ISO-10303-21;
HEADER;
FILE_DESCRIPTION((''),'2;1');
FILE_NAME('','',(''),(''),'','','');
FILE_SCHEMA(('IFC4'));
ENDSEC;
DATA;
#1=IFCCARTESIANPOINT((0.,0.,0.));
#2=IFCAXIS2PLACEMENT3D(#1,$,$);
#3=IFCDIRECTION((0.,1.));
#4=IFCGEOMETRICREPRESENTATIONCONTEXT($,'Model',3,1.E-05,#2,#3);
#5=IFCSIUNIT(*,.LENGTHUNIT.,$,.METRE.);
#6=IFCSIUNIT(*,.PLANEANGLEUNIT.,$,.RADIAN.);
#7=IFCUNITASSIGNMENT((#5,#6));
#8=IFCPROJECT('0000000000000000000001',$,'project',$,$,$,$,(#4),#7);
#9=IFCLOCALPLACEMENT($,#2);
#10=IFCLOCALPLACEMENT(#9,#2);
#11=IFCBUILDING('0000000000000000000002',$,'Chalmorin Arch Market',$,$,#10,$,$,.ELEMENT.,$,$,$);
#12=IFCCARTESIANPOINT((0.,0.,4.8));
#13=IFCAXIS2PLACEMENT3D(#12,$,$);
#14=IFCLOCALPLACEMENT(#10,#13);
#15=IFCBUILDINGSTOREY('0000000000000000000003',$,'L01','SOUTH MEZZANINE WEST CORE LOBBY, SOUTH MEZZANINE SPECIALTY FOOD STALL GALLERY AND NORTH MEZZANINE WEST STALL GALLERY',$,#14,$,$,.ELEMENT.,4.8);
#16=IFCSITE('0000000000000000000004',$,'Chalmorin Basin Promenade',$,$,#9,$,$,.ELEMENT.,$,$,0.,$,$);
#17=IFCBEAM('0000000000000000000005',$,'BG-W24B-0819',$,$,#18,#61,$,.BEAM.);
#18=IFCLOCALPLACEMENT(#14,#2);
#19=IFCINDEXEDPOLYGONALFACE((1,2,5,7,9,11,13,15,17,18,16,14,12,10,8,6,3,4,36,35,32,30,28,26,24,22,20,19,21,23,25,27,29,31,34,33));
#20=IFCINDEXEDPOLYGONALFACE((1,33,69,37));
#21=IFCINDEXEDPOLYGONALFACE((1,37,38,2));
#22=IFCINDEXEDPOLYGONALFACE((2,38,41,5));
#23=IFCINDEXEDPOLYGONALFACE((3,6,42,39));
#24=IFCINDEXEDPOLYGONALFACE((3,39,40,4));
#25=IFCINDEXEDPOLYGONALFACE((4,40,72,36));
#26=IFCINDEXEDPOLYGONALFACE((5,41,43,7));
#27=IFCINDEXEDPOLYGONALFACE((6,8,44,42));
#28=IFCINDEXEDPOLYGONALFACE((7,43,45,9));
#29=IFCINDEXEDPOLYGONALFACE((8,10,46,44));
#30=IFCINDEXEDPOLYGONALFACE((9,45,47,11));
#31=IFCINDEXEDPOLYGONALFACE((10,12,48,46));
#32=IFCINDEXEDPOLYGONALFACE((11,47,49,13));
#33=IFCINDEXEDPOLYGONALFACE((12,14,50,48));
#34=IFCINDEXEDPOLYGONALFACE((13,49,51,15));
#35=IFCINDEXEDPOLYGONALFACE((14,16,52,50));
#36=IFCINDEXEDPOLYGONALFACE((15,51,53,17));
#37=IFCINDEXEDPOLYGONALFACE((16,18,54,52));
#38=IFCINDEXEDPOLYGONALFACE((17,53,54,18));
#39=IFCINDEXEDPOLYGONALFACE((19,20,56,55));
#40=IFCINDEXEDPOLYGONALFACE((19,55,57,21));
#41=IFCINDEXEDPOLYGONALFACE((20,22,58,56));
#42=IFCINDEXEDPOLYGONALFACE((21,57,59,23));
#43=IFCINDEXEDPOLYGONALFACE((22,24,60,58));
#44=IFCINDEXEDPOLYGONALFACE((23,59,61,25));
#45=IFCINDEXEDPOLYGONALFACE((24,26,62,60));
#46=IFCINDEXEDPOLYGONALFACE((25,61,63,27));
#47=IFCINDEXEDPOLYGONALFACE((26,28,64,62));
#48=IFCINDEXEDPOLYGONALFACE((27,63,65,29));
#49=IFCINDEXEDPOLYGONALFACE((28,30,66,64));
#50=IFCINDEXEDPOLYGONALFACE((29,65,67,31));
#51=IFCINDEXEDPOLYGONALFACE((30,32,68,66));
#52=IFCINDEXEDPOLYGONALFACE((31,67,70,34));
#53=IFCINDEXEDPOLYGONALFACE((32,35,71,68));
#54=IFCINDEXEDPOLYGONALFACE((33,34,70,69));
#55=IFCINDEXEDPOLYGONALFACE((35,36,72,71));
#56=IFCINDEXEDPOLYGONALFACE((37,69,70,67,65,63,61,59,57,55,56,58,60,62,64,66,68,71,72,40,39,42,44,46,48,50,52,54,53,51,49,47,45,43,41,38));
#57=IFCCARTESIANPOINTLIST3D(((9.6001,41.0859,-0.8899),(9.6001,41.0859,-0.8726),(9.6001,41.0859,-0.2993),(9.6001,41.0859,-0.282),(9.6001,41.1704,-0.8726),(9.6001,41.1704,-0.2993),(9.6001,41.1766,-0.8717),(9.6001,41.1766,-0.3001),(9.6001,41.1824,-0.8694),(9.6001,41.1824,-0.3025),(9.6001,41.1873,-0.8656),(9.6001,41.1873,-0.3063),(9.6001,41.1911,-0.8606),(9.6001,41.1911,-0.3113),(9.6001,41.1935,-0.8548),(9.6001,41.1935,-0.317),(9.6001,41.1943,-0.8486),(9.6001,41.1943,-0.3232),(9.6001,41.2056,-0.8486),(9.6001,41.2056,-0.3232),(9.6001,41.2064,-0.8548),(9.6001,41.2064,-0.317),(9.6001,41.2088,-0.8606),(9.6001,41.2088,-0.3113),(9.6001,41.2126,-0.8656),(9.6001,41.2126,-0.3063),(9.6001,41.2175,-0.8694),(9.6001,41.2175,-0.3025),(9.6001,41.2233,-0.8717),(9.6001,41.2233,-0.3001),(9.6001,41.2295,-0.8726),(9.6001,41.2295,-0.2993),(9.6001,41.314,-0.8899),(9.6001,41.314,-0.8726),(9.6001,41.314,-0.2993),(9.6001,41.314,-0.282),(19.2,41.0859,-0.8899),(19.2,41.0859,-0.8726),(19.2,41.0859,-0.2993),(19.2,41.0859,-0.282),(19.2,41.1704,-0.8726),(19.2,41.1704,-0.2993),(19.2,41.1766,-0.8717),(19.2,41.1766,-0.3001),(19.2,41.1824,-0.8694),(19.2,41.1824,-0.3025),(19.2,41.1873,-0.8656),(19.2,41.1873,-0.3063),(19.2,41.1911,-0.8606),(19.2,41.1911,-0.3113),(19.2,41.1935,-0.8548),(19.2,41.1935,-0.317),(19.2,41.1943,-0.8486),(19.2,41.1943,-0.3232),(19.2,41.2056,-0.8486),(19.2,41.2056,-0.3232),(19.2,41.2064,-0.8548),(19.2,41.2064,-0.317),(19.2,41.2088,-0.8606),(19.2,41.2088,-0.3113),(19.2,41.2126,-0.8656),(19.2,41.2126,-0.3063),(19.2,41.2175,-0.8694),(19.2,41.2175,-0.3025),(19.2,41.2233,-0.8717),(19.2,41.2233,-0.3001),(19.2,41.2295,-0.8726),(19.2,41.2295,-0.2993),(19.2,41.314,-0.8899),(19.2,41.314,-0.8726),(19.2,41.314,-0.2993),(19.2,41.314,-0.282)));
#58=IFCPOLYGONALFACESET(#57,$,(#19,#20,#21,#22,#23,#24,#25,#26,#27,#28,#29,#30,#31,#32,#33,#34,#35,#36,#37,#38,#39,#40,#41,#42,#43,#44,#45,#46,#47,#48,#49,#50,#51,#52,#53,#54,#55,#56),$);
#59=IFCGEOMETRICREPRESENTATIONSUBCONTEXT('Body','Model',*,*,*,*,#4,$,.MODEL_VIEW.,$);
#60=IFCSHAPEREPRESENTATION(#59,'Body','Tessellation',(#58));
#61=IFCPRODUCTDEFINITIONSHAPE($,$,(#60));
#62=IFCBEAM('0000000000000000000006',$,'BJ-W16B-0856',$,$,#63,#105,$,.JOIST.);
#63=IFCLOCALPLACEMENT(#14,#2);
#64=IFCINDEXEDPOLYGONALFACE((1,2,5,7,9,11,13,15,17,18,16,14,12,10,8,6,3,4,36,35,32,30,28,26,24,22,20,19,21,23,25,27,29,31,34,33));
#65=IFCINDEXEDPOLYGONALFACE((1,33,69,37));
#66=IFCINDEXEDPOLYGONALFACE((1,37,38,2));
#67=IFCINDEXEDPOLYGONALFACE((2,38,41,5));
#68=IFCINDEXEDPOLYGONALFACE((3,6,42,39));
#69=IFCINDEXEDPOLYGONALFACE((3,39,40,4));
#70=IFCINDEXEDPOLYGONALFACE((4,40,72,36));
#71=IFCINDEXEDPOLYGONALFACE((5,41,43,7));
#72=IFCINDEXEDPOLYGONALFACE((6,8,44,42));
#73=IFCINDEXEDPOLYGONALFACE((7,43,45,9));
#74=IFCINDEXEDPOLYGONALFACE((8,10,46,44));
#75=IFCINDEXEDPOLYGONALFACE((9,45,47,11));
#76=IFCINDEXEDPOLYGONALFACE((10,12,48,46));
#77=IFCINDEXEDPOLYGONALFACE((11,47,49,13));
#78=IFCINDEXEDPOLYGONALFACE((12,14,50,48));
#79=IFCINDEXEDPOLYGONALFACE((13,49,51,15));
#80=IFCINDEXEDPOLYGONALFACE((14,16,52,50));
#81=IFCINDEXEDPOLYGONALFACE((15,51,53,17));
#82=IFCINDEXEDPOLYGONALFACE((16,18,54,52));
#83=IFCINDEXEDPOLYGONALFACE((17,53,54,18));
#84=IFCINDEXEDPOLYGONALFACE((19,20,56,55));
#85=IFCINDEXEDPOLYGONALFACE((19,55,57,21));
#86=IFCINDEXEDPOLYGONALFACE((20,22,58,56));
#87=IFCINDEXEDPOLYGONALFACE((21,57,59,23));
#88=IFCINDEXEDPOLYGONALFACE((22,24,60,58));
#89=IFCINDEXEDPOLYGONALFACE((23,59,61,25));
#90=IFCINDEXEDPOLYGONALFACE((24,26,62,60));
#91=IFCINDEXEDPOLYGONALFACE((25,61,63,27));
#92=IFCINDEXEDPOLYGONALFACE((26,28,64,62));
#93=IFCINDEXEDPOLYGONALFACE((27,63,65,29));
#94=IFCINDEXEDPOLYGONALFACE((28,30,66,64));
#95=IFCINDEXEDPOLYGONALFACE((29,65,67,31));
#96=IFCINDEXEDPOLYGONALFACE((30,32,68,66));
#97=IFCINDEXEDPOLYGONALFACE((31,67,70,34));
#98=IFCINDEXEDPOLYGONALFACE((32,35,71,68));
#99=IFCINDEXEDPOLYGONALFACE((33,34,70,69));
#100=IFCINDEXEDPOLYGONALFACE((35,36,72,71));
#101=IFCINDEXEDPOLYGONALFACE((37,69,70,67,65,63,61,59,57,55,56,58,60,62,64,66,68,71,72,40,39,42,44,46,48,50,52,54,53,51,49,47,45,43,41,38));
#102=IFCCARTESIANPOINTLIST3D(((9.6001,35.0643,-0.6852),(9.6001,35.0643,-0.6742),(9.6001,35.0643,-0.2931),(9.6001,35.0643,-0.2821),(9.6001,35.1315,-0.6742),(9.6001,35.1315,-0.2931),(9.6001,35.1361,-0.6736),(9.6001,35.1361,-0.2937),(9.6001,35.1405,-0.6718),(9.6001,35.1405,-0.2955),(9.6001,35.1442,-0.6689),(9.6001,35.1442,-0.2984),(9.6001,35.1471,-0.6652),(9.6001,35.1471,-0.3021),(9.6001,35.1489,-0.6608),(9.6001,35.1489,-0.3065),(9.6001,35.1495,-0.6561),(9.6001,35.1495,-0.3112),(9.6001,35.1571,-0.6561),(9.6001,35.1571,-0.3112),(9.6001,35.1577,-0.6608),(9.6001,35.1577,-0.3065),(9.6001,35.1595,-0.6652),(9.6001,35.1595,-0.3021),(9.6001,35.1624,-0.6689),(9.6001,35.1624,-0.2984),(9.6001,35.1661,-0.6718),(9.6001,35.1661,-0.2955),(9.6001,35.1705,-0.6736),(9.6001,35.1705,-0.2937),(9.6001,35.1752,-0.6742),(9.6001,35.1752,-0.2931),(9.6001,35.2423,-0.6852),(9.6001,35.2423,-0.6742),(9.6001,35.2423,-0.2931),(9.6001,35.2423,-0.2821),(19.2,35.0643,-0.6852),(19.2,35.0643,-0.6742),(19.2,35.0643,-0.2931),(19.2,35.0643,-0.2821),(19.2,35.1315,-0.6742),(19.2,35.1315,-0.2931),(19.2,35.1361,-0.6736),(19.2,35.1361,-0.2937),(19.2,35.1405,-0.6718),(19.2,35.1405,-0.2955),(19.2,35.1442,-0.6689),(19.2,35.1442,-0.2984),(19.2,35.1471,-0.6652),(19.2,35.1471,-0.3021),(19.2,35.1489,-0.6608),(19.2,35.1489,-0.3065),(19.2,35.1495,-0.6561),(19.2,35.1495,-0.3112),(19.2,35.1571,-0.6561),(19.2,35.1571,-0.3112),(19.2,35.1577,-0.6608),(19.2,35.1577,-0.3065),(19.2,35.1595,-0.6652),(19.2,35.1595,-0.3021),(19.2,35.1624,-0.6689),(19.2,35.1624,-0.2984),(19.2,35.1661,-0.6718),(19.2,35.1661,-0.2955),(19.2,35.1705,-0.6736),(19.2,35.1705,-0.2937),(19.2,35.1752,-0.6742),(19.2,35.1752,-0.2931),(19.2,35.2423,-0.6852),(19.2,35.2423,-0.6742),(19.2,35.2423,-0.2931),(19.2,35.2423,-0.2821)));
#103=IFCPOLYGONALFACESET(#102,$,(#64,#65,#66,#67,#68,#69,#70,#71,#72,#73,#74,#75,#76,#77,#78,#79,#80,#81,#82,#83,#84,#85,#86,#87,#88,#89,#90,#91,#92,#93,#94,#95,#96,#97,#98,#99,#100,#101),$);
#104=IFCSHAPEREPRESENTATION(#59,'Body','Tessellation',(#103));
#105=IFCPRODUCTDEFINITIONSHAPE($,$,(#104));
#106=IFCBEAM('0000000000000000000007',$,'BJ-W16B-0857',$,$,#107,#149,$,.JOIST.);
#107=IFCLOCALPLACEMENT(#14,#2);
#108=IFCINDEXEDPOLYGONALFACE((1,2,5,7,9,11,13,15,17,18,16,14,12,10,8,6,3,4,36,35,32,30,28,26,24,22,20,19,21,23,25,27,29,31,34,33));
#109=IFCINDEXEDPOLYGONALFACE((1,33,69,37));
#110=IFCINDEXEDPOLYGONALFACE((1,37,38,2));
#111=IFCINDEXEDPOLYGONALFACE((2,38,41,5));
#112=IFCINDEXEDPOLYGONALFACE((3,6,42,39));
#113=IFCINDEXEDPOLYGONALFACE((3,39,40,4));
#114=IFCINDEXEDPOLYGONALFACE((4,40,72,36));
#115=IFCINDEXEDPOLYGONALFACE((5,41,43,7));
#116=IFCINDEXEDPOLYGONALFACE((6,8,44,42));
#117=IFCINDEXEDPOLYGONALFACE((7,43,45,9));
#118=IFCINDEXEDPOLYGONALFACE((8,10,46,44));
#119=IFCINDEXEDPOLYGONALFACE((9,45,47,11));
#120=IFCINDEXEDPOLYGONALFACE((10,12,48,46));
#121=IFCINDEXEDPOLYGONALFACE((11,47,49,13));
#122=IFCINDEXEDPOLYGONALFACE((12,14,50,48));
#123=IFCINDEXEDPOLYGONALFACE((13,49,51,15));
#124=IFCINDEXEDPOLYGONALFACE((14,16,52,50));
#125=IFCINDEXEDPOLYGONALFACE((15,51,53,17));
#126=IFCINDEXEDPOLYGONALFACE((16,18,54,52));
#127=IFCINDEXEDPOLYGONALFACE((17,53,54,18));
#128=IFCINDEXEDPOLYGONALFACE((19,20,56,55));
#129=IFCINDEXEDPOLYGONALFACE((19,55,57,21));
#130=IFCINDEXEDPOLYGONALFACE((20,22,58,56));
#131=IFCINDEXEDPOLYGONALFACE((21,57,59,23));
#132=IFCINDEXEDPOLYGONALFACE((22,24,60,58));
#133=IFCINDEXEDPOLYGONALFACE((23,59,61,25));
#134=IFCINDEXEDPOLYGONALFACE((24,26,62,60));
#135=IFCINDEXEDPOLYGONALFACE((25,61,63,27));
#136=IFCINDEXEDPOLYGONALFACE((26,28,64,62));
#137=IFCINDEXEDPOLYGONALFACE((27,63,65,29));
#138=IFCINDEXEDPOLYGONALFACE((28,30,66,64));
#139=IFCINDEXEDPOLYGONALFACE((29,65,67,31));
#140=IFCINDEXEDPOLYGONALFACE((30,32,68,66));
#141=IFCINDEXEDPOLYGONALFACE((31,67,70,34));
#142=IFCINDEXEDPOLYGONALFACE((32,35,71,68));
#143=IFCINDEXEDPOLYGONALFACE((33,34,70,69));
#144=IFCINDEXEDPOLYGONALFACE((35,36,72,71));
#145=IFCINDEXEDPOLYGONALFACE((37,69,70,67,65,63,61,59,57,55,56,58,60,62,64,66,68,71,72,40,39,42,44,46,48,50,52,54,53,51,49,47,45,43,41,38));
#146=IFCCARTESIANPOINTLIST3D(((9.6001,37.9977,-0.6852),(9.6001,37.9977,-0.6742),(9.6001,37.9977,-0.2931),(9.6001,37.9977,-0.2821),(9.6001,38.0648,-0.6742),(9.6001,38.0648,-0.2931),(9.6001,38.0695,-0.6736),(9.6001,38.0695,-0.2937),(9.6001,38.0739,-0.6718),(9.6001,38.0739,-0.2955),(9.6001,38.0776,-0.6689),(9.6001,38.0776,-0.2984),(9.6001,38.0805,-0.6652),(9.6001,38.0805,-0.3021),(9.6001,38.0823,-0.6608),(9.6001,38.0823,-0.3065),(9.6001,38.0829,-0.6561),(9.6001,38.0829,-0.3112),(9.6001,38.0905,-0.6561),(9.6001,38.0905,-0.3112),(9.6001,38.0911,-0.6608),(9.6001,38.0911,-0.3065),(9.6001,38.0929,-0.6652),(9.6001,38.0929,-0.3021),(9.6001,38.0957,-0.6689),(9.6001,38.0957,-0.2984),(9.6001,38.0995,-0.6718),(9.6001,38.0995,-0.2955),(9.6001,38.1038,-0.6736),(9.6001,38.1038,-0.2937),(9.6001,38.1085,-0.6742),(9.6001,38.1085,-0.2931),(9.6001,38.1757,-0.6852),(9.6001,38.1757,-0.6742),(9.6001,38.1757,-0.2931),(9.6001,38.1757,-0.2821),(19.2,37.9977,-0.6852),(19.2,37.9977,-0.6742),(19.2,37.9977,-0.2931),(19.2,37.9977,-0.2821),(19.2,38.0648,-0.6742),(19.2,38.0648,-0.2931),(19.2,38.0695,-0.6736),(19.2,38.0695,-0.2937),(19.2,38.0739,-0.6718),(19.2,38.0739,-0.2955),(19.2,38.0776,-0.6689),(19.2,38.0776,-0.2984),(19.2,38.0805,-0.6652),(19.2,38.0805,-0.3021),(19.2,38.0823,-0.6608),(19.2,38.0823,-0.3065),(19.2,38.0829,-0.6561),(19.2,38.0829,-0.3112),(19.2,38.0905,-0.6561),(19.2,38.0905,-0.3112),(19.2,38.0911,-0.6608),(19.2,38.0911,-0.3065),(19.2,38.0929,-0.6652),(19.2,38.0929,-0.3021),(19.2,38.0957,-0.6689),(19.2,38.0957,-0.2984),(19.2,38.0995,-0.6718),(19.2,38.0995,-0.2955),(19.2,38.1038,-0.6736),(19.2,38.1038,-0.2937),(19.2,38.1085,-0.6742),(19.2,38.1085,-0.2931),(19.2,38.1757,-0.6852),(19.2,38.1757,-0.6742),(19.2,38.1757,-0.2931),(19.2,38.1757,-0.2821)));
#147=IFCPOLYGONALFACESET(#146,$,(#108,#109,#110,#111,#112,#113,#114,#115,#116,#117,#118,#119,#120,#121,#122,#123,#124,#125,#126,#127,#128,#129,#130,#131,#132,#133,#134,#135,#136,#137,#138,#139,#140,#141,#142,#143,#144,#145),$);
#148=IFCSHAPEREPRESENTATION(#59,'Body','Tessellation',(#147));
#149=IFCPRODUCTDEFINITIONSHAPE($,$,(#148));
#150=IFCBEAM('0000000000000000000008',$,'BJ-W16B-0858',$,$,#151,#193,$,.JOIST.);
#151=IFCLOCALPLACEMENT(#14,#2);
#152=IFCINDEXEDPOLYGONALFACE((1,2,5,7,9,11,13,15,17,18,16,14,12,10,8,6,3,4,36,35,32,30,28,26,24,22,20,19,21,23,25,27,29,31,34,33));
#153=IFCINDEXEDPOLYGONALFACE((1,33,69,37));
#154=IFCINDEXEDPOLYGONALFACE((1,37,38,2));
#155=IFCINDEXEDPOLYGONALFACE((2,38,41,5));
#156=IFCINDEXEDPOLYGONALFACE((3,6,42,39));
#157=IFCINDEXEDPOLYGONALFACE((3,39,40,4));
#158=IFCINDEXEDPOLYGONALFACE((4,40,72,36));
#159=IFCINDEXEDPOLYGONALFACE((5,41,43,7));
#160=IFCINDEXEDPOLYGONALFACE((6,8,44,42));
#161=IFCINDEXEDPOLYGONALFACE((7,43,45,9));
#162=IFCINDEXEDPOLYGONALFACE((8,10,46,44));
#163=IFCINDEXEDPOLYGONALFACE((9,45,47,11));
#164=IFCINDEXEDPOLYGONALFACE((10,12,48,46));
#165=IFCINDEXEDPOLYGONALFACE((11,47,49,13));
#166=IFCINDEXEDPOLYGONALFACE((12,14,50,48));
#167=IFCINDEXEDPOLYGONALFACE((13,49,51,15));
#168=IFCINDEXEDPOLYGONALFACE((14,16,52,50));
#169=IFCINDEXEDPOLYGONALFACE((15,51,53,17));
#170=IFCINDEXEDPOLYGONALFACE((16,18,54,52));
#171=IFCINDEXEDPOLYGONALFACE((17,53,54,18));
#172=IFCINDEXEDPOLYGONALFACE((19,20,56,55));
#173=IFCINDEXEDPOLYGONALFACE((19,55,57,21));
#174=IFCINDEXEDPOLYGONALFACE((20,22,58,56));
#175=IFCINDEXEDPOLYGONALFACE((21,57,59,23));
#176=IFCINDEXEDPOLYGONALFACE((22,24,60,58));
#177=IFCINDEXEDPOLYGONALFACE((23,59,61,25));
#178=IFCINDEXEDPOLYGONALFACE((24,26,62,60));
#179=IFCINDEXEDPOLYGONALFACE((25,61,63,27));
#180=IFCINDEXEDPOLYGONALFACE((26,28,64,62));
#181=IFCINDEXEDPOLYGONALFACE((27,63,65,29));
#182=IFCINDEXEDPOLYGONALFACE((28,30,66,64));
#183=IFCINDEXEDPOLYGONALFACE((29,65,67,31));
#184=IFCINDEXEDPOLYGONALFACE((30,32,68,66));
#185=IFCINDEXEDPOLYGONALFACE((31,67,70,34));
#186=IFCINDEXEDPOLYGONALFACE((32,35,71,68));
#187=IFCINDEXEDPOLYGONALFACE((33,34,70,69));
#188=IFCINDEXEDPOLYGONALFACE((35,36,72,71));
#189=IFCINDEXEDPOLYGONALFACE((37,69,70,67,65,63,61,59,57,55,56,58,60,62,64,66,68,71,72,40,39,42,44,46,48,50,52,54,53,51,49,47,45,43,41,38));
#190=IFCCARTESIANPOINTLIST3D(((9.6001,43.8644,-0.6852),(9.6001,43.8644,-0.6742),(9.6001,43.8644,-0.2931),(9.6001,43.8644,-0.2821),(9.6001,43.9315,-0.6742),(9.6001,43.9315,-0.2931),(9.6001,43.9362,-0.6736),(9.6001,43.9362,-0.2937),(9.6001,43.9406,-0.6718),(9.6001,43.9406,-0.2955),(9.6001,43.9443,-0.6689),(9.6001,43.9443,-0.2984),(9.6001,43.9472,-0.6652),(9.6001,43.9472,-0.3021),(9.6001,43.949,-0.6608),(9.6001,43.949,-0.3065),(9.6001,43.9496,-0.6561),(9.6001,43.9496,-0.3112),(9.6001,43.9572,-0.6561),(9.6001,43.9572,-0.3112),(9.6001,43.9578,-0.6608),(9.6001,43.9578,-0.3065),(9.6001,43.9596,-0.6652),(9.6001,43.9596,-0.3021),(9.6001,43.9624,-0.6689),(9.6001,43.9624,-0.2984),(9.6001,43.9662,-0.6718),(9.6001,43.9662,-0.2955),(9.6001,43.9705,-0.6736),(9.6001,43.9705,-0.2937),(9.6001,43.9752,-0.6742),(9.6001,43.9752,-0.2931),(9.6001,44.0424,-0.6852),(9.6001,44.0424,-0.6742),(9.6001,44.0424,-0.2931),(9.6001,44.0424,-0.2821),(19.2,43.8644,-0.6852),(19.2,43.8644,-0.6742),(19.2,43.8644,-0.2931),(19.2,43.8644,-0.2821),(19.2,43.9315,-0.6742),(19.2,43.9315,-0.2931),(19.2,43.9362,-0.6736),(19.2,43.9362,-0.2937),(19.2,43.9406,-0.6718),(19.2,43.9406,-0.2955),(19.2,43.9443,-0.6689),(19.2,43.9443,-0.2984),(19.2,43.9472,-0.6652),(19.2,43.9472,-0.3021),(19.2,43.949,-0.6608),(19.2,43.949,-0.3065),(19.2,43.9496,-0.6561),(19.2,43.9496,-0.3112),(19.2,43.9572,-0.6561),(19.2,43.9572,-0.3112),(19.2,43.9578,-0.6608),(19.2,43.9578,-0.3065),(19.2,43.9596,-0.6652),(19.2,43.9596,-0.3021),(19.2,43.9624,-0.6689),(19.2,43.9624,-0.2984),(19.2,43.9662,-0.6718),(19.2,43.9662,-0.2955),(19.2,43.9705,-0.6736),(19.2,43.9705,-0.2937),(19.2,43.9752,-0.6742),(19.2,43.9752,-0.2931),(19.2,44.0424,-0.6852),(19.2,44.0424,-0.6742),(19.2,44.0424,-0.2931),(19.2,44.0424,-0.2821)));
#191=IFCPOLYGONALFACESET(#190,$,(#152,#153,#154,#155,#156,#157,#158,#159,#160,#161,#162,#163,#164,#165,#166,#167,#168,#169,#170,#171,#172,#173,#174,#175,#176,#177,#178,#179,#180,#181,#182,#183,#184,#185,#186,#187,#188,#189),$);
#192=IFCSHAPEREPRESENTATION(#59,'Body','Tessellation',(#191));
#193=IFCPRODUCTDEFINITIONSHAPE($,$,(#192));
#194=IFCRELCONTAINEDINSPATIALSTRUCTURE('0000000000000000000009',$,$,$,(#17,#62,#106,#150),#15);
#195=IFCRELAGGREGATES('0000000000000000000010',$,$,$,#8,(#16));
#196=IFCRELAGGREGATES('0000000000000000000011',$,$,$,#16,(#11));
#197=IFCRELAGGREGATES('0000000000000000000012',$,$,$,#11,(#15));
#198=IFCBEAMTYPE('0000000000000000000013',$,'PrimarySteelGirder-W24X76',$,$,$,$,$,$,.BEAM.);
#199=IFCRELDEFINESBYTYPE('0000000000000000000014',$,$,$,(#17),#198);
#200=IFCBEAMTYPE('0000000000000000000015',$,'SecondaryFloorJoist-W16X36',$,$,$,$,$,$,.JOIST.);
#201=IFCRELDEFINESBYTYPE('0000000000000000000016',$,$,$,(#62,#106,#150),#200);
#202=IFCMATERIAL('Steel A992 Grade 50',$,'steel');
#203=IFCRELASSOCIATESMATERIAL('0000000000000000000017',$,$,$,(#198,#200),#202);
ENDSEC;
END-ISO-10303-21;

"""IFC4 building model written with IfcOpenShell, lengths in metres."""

from ifc_helpers import new_model, si_unit, direction, frame, origin, origin_2d, place, context, subcontext, project, spatial, i_section, extrude, material, material_profile, profile_set, type_object, element, save


model = new_model("IFC4")

# Units and contexts
model_context = context("Model", 3, precision=1e-05, world=origin(), true_north=direction((0.0, 1.0)))
body_context = subcontext(model_context, "Body", "Model", "MODEL_VIEW")
ifc_project = project(units=[si_unit("LENGTHUNIT", "METRE"), si_unit("PLANEANGLEUNIT", "RADIAN")], contexts=[model_context])

# Site, building, storey
site_placement = place(None, origin())
site = spatial("IfcSite", under=ifc_project, at=site_placement, Name="Chalmorin Basin Promenade", CompositionType="ELEMENT", RefElevation=0.0)
building_placement = place(site_placement, origin())
building = spatial("IfcBuilding", under=site, at=building_placement, Name="Chalmorin Arch Market", CompositionType="ELEMENT")
storey_placement = place(building_placement, frame((0.0, 0.0, 4.8)))
storey = spatial("IfcBuildingStorey", under=building, at=storey_placement, Name="L01", Description="SOUTH MEZZANINE WEST CORE LOBBY, SOUTH MEZZANINE SPECIALTY FOOD STALL GALLERY AND NORTH MEZZANINE WEST STALL GALLERY", CompositionType="ELEMENT", Elevation=4.8)

# Shared definitions
ifc_material_1 = material(Name="Steel A992 Grade 50", Category="steel")

# Beams
ifc_material_profile_1 = material_profile(ifc_material_1, i_section(OverallWidth=0.228, OverallDepth=0.6079, WebThickness=0.0112, FlangeThickness=0.0173, FilletRadius=0.0239, at=origin_2d()), Name="W24X76")
ifc_profile_set_1 = profile_set([ifc_material_profile_1], Name="Steel A992 Grade 50")
beam_type_1 = type_object("IfcBeamType", Name="PrimarySteelGirder-W24X76", PredefinedType="BEAM", material=ifc_profile_set_1)
beam_placement = place(storey_placement, frame((9.6001, 41.2, -0.5859), z_axis=(1.0, 0.0, 0.0), x_axis=(0.0, 1.0, 0.0)))
element("IfcBeam", 1, at=beam_placement, inside=storey, type_object=beam_type_1, Name="BG-W24B-0819", PredefinedType="BEAM", context=body_context, shape_type="SweptSolid", body=[
    extrude(i_section(OverallWidth=0.228, OverallDepth=0.6079, WebThickness=0.0112, FlangeThickness=0.0173, FilletRadius=0.0239, at=origin_2d()), origin(), (0.0, 0.0, 1.0), 9.5999),
])
ifc_material_profile_2 = material_profile(ifc_material_1, i_section(OverallWidth=0.178, OverallDepth=0.4031, WebThickness=0.0076, FlangeThickness=0.011, FilletRadius=0.0181, at=origin_2d()), Name="W16X36")
ifc_profile_set_2 = profile_set([ifc_material_profile_2], Name="Steel A992 Grade 50")
beam_type_2 = type_object("IfcBeamType", Name="SecondaryFloorJoist-W16X36", PredefinedType="JOIST", material=ifc_profile_set_2)
for number, where, z_axis, x_axis, name in (
    (2, (9.6001, 35.1533, -0.4836), (1.0, 0.0, 0.0), (0.0, 1.0, 0.0), "BJ-W16B-0856"),
    (3, (9.6001, 38.0867, -0.4836), (1.0, 0.0, 0.0), (0.0, 1.0, 0.0), "BJ-W16B-0857"),
    (4, (9.6001, 43.9534, -0.4836), (1.0, 0.0, 0.0), (0.0, 1.0, 0.0), "BJ-W16B-0858"),
):
    element("IfcBeam", number, at=place(storey_placement, frame(where, z_axis=z_axis, x_axis=x_axis)), inside=storey, type_object=beam_type_2, Name=name, PredefinedType="JOIST", context=body_context, shape_type="SweptSolid", body=[
        extrude(i_section(OverallWidth=0.178, OverallDepth=0.4031, WebThickness=0.0076, FlangeThickness=0.011, FilletRadius=0.0181, at=origin_2d()), origin(), (0.0, 0.0, 1.0), 9.5999),
    ])

save(model, "model.ifc")
